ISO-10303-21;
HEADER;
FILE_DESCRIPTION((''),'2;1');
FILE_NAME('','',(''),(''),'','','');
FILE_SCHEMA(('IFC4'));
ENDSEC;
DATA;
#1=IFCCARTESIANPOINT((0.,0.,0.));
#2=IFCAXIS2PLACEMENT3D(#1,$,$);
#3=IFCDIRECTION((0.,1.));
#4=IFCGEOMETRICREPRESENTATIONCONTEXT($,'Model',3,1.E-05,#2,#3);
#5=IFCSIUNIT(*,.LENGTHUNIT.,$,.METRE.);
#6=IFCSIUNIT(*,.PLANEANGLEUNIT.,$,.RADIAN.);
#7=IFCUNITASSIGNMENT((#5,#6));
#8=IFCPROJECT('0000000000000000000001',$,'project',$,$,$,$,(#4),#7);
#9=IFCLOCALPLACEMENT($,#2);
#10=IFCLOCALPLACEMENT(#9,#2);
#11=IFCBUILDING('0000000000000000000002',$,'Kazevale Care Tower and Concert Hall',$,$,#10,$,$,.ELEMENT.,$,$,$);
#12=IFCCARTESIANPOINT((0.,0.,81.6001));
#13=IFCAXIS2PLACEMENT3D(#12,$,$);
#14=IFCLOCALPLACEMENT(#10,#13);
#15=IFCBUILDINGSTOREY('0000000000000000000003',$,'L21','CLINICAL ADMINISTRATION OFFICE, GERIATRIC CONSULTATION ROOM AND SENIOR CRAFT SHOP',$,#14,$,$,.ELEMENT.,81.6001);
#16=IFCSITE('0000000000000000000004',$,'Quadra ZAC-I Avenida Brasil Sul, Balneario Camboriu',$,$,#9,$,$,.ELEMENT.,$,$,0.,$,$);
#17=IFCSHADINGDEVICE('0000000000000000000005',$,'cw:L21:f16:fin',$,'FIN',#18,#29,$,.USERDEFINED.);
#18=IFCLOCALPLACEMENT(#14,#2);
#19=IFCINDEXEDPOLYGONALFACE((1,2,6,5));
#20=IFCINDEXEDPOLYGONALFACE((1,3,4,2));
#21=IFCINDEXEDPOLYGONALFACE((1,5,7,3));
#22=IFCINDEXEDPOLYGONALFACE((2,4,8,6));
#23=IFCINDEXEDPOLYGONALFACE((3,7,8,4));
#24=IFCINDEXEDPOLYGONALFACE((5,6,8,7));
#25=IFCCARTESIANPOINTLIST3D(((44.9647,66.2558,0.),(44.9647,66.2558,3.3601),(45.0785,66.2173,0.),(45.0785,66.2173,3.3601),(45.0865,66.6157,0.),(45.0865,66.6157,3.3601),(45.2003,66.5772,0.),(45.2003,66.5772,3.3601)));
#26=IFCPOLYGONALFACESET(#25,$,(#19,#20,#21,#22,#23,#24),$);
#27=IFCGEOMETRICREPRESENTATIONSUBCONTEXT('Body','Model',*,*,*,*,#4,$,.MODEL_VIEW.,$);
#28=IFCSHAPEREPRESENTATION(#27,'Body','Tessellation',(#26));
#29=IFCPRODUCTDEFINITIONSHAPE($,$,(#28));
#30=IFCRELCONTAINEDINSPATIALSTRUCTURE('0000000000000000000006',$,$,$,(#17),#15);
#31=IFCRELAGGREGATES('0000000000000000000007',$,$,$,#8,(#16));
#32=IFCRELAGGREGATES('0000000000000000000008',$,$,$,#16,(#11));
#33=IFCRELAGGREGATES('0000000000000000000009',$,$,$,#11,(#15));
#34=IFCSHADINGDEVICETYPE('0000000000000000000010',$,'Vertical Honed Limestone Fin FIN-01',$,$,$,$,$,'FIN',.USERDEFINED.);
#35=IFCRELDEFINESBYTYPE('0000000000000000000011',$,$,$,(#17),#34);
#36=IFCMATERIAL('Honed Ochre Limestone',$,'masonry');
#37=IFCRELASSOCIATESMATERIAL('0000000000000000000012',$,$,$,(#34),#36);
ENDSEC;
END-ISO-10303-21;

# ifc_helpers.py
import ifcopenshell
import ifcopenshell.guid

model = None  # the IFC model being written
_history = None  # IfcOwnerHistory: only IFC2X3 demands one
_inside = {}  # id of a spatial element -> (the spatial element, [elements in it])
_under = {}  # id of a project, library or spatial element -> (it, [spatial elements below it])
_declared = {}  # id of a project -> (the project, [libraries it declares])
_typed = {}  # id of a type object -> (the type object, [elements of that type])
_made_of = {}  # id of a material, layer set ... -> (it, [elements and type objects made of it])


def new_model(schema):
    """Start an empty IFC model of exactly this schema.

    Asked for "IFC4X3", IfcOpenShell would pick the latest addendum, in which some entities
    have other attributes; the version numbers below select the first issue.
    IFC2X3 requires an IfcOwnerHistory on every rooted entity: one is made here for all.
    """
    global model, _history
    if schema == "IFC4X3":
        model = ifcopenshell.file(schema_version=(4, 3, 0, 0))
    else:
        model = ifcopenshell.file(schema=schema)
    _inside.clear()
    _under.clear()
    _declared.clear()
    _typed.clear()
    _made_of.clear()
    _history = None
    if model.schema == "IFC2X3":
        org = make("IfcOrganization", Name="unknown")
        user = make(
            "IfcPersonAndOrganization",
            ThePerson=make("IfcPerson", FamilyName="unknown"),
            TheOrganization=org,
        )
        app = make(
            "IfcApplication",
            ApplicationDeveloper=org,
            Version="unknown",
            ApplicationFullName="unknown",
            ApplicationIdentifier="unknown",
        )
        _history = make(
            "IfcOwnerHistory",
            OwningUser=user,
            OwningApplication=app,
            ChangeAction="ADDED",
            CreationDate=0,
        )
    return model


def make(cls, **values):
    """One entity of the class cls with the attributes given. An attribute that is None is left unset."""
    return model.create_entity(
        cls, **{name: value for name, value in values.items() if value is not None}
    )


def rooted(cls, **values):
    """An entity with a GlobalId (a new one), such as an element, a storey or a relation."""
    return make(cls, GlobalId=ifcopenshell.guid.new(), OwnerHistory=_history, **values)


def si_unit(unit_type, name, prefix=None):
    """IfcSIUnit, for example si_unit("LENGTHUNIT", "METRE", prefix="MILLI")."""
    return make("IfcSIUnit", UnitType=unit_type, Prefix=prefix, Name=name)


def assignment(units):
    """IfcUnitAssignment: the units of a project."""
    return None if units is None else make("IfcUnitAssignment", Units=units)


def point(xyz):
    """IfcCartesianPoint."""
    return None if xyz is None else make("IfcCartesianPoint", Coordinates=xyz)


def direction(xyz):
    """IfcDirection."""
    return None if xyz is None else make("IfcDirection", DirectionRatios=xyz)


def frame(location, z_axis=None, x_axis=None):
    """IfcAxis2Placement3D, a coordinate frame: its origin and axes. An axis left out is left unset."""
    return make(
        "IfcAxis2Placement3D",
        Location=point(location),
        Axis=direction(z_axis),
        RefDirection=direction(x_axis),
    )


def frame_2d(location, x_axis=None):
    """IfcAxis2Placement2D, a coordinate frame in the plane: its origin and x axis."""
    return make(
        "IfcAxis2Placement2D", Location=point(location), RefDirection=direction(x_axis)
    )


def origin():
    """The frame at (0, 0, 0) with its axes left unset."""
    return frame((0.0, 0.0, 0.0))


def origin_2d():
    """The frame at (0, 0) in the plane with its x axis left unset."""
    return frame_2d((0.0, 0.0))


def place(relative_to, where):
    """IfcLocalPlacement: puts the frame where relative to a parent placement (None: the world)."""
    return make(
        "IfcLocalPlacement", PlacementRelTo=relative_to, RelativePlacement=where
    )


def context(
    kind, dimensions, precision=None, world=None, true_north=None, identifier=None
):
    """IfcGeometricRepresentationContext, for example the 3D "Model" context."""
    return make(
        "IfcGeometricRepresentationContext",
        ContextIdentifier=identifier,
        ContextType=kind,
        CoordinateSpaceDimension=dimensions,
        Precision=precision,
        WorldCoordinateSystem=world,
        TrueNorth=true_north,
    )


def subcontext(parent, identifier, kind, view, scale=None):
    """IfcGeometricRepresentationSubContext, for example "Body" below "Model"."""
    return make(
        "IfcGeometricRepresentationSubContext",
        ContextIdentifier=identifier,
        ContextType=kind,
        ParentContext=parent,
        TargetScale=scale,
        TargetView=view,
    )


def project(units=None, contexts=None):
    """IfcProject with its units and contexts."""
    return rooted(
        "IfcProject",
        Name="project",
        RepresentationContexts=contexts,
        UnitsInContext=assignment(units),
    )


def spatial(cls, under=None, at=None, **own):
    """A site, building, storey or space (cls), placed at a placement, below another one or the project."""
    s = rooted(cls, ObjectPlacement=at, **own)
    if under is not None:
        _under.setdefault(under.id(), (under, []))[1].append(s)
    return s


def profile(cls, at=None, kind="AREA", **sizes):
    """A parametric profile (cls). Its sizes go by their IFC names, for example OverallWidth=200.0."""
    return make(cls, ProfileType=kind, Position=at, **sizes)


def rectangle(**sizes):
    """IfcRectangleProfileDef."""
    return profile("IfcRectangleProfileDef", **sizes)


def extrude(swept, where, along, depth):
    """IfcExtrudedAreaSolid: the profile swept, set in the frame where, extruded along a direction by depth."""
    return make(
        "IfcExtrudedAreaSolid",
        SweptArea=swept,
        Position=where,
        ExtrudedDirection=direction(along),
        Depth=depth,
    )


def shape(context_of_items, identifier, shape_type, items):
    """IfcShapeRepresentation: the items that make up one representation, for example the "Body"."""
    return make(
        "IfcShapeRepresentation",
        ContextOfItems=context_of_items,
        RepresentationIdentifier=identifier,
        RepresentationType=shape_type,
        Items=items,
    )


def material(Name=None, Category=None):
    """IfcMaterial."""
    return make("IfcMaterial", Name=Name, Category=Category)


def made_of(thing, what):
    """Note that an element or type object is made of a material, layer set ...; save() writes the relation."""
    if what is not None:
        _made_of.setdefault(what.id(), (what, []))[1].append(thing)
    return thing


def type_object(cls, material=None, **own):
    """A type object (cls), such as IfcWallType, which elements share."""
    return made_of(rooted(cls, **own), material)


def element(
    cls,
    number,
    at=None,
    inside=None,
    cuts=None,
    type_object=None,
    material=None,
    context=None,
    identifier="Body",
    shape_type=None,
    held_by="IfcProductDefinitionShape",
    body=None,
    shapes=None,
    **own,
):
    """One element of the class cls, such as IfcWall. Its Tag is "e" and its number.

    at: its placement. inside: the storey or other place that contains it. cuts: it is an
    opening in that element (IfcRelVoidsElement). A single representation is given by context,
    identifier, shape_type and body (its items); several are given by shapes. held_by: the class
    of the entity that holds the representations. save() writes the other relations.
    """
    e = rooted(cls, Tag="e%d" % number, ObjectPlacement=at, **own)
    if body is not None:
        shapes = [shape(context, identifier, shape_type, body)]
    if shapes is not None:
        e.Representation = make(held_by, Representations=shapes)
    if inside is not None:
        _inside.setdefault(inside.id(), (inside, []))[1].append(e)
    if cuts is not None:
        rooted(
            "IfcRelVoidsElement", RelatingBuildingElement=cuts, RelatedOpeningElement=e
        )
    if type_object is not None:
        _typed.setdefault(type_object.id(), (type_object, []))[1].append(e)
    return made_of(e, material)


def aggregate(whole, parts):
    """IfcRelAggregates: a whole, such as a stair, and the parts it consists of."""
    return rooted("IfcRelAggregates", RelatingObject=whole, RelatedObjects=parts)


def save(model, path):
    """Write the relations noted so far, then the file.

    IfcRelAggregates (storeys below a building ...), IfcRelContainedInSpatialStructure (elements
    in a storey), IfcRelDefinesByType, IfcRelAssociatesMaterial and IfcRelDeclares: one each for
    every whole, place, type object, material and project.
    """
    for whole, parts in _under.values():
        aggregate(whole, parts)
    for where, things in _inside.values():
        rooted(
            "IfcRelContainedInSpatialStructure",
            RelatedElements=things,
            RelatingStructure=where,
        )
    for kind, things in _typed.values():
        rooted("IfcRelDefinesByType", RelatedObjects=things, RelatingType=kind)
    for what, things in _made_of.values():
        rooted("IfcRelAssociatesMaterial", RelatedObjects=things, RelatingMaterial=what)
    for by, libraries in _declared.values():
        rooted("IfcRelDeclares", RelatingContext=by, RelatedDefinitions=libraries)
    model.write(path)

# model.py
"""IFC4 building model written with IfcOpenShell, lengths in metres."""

from ifc_helpers import new_model, si_unit, direction, frame, origin, origin_2d, place, context, subcontext, project, spatial, rectangle, extrude, material, type_object, element, save


model = new_model("IFC4")

# Units and contexts
model_context = context("Model", 3, precision=1e-05, world=origin(), true_north=direction((0.0, 1.0)))
body_context = subcontext(model_context, "Body", "Model", "MODEL_VIEW")
ifc_project = project(units=[si_unit("LENGTHUNIT", "METRE"), si_unit("PLANEANGLEUNIT", "RADIAN")], contexts=[model_context])

# Site, building, storey
site_placement = place(None, origin())
site = spatial("IfcSite", under=ifc_project, at=site_placement, Name="Quadra ZAC-I Avenida Brasil Sul, Balneario Camboriu", CompositionType="ELEMENT", RefElevation=0.0)
building_placement = place(site_placement, origin())
building = spatial("IfcBuilding", under=site, at=building_placement, Name="Kazevale Care Tower and Concert Hall", CompositionType="ELEMENT")
storey_placement = place(building_placement, frame((0.0, 0.0, 81.6001)))
storey = spatial("IfcBuildingStorey", under=building, at=storey_placement, Name="L21", Description="CLINICAL ADMINISTRATION OFFICE, GERIATRIC CONSULTATION ROOM AND SENIOR CRAFT SHOP", CompositionType="ELEMENT", Elevation=81.6001)

# Shading device
ifc_material_1 = material(Name="Honed Ochre Limestone", Category="masonry")
shading_device_type = type_object("IfcShadingDeviceType", Name="Vertical Honed Limestone Fin FIN-01", ElementType="FIN", PredefinedType="USERDEFINED", material=ifc_material_1)
shading_device_placement = place(storey_placement, frame((45.0825, 66.4165, 0.0), z_axis=(0.0, 0.0, 1.0), x_axis=(0.320613, 0.94721, 0.0)))
element("IfcShadingDevice", 1, at=shading_device_placement, inside=storey, type_object=shading_device_type, Name="cw:L21:f16:fin", ObjectType="FIN", PredefinedType="USERDEFINED", context=body_context, shape_type="SweptSolid", body=[
    extrude(rectangle(XDim=0.3799, YDim=0.1201, at=origin_2d()), origin(), (0.0, 0.0, 1.0), 3.3601),
])

save(model, "model.ifc")
